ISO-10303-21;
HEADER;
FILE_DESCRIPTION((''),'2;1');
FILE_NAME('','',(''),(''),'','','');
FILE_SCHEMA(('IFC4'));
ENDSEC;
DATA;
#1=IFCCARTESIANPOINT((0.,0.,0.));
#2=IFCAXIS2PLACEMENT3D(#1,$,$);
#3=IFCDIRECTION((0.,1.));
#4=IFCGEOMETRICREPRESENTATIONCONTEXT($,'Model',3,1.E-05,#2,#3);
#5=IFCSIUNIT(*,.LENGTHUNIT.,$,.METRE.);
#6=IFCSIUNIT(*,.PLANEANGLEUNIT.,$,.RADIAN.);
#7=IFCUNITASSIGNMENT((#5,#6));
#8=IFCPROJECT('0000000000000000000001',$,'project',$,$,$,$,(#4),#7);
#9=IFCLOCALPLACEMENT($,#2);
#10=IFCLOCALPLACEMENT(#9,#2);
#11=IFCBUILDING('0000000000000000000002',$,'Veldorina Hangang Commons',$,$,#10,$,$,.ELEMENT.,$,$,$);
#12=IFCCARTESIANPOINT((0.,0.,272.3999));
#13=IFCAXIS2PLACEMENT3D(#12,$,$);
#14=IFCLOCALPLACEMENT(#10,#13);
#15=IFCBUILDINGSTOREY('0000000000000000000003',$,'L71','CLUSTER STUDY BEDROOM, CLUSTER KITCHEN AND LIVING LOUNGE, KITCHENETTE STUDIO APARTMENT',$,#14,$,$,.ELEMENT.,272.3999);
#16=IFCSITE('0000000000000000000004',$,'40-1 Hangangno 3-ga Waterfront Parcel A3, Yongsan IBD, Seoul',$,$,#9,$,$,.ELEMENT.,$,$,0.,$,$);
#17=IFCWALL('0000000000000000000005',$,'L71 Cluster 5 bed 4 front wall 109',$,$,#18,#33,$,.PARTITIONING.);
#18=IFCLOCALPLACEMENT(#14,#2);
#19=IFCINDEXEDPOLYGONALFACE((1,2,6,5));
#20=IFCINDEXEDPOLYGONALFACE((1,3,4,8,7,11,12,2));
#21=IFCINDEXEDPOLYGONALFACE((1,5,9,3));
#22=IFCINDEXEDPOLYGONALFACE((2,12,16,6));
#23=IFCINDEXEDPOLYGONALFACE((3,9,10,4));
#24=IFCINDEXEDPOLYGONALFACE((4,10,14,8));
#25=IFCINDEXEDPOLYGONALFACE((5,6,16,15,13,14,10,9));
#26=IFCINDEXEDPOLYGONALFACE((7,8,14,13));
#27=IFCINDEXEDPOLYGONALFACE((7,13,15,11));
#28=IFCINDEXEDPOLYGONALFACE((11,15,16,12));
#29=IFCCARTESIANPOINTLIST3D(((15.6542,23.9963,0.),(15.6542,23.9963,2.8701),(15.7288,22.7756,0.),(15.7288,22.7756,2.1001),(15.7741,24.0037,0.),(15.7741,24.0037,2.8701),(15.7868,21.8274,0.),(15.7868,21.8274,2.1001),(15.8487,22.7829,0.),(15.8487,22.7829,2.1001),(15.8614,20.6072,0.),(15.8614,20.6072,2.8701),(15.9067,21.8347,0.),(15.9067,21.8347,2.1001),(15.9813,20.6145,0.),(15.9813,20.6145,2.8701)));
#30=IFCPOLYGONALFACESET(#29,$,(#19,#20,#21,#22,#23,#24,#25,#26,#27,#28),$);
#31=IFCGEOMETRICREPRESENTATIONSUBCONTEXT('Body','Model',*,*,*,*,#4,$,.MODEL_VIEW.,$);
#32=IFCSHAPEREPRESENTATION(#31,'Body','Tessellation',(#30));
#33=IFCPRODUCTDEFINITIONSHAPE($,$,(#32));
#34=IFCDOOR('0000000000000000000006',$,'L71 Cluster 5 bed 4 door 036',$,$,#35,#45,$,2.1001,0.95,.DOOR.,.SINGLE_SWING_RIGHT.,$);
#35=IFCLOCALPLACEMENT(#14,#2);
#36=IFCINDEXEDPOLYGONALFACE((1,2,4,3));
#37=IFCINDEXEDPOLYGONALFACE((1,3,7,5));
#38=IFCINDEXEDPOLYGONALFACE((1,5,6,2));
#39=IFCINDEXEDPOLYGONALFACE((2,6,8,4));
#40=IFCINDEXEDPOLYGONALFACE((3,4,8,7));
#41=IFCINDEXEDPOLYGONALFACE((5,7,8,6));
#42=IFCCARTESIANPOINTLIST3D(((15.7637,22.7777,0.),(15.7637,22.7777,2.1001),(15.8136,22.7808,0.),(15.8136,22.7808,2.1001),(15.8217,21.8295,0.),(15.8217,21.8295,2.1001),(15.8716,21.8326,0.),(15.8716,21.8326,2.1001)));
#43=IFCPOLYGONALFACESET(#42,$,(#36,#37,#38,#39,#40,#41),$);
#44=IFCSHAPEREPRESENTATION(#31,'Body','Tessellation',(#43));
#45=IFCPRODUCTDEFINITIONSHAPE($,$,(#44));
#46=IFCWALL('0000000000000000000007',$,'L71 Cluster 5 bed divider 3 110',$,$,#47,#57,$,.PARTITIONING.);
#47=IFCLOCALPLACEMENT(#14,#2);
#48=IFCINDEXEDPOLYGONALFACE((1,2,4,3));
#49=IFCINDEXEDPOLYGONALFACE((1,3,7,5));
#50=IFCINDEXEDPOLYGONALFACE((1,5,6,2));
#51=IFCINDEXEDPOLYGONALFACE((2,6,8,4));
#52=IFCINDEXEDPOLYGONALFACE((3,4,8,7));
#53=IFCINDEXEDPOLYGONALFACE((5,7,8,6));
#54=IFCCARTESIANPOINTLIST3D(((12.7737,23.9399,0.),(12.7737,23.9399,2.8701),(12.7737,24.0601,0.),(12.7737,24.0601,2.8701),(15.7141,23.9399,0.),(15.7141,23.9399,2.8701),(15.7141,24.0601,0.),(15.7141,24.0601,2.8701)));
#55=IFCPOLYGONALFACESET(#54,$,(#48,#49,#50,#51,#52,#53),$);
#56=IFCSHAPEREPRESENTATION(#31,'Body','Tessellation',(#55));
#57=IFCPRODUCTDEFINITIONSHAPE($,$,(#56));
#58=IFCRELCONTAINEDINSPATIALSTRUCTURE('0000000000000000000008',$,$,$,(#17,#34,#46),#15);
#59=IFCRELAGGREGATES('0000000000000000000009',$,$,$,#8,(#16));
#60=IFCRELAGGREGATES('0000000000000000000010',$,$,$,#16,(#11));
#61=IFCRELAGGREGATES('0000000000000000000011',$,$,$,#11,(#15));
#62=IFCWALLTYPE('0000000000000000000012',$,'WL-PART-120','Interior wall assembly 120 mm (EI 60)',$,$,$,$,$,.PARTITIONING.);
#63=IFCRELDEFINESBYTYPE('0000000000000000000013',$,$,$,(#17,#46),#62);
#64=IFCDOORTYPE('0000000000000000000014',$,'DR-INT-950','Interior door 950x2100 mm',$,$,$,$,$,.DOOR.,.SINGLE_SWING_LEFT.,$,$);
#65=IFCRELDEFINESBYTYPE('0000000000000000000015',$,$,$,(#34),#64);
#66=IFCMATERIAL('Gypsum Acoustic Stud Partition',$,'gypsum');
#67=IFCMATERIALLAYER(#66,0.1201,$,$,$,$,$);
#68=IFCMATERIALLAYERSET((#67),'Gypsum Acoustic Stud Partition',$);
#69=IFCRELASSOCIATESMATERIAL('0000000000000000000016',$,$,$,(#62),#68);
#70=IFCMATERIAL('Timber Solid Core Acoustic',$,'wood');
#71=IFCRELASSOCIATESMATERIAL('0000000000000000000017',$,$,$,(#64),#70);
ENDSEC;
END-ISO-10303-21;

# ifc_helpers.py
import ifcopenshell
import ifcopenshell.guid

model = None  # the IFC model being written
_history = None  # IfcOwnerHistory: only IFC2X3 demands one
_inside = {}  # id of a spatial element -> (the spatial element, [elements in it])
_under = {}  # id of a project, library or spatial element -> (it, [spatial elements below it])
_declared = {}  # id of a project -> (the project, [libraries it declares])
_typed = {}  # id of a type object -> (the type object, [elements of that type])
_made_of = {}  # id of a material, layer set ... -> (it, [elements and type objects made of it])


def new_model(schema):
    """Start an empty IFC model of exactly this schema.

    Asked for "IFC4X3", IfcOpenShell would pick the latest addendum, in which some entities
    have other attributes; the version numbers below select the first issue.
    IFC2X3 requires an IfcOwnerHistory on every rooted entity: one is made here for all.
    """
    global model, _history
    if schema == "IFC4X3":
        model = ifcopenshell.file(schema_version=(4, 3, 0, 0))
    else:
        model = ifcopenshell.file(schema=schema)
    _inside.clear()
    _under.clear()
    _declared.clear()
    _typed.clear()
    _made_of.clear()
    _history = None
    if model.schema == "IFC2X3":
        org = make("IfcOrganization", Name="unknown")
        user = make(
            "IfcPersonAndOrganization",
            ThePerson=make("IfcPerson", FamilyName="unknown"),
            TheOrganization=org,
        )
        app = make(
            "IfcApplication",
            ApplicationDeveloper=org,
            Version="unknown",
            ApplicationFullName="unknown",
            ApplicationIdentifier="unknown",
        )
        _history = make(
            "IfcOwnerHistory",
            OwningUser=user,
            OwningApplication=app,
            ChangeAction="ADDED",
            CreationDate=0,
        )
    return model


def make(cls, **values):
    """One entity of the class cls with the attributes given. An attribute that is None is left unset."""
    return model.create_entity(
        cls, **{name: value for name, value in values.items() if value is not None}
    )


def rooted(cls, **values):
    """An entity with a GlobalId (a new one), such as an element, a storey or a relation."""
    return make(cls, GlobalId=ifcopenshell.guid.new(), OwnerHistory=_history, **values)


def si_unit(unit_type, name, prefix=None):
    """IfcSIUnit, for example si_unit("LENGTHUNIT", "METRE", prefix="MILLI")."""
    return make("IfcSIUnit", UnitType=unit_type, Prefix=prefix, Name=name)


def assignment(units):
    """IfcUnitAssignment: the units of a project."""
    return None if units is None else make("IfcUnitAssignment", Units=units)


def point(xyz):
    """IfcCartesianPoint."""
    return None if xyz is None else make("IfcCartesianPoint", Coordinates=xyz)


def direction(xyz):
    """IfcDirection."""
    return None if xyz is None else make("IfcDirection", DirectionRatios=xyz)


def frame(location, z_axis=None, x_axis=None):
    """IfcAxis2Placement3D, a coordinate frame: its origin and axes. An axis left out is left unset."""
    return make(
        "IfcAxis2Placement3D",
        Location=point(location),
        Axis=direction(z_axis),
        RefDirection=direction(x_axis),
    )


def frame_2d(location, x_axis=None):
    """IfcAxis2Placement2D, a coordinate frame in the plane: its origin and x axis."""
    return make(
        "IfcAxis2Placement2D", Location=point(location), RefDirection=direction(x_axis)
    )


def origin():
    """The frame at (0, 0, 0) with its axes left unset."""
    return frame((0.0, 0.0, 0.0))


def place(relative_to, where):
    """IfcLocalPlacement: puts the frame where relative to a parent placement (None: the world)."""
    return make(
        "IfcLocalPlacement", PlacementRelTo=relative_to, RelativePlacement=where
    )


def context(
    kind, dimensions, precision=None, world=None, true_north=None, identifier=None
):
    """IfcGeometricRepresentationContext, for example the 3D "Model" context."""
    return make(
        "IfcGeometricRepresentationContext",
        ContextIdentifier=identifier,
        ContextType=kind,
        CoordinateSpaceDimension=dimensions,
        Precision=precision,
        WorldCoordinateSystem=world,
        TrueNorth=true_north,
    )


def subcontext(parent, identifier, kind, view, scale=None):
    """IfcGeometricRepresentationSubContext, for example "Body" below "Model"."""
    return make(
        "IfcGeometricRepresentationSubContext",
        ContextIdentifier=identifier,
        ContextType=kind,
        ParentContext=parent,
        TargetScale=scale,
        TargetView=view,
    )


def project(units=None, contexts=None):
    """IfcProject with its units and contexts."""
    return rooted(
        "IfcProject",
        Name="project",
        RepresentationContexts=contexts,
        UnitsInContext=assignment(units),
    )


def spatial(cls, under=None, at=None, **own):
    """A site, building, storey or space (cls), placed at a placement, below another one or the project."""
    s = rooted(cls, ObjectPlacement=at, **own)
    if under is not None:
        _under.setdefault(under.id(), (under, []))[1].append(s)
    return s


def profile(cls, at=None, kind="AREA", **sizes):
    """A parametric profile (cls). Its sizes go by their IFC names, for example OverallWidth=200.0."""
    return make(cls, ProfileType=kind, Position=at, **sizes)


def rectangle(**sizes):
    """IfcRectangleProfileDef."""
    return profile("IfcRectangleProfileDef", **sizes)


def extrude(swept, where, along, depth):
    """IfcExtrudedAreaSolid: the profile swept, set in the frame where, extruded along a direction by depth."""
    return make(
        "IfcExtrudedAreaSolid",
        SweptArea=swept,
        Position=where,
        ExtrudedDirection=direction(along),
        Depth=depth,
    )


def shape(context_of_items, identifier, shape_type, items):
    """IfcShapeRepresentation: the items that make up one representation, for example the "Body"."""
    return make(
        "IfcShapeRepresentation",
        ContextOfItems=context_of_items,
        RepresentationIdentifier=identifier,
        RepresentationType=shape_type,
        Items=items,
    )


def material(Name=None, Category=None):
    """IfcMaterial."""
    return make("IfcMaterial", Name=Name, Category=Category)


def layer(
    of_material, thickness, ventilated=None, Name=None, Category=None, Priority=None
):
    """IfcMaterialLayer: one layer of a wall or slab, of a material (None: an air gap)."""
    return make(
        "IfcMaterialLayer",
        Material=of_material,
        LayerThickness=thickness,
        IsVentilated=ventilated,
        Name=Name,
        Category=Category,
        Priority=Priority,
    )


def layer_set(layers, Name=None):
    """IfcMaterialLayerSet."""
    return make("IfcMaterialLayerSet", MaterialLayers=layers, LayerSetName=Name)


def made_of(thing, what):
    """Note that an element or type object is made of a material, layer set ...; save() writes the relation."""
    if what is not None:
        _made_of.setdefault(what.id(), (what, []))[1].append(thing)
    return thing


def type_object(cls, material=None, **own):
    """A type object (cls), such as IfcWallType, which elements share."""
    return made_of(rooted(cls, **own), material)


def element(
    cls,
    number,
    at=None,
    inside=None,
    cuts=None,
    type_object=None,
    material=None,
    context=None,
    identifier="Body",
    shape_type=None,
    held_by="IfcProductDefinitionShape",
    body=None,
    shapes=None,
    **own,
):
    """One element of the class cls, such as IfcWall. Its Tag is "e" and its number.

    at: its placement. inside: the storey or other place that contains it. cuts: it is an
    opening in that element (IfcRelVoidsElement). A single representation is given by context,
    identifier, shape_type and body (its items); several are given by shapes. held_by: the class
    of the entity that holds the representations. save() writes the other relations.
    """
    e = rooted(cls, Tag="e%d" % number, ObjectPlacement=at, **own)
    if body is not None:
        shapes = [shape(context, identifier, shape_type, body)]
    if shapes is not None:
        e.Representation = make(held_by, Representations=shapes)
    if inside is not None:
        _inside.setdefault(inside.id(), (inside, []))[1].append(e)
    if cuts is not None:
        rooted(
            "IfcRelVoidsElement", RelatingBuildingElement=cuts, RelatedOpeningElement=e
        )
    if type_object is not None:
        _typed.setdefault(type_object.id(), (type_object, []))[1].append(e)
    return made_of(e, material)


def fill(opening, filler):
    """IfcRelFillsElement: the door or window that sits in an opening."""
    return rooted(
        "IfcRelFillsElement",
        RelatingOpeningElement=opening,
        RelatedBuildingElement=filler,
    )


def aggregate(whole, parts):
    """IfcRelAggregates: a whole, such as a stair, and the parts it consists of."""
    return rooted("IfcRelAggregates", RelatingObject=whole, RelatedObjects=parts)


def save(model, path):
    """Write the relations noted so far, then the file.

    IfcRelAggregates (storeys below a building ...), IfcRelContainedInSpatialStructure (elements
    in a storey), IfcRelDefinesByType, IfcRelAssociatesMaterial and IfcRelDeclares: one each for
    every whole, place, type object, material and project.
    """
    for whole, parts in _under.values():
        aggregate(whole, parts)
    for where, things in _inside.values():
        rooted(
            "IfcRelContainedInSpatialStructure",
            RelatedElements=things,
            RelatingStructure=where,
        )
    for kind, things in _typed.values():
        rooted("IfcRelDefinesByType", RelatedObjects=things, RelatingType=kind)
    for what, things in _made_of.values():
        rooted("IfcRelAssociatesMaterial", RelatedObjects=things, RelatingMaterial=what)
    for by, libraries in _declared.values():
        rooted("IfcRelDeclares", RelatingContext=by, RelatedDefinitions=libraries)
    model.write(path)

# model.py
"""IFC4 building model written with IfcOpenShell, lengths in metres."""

from ifc_helpers import new_model, si_unit, direction, frame, frame_2d, origin, place, context, subcontext, project, spatial, rectangle, extrude, material, layer, layer_set, type_object, element, fill, save


model = new_model("IFC4")

# Units and contexts
model_context = context("Model", 3, precision=1e-05, world=origin(), true_north=direction((0.0, 1.0)))
body_context = subcontext(model_context, "Body", "Model", "MODEL_VIEW")
ifc_project = project(units=[si_unit("LENGTHUNIT", "METRE"), si_unit("PLANEANGLEUNIT", "RADIAN")], contexts=[model_context])

# Site, building, storey
site_placement = place(None, origin())
site = spatial("IfcSite", under=ifc_project, at=site_placement, Name="40-1 Hangangno 3-ga Waterfront Parcel A3, Yongsan IBD, Seoul", CompositionType="ELEMENT", RefElevation=0.0)
building_placement = place(site_placement, origin())
building = spatial("IfcBuilding", under=site, at=building_placement, Name="Veldorina Hangang Commons", CompositionType="ELEMENT")
storey_placement = place(building_placement, frame((0.0, 0.0, 272.3999)))
storey = spatial("IfcBuildingStorey", under=building, at=storey_placement, Name="L71", Description="CLUSTER STUDY BEDROOM, CLUSTER KITCHEN AND LIVING LOUNGE, KITCHENETTE STUDIO APARTMENT", CompositionType="ELEMENT", Elevation=272.3999)

# Shared definitions
ifc_material_1 = material(Name="Gypsum Acoustic Stud Partition", Category="gypsum")
ifc_layer_1 = layer(ifc_material_1, 0.1201)
ifc_layer_set_1 = layer_set([ifc_layer_1], Name="Gypsum Acoustic Stud Partition")
wall_type_1 = type_object("IfcWallType", Name="WL-PART-120", Description="Interior wall assembly 120 mm (EI 60)", PredefinedType="PARTITIONING", material=ifc_layer_set_1)
ifc_material_2 = material(Name="Timber Solid Core Acoustic", Category="wood")
door_type = type_object("IfcDoorType", Name="DR-INT-950", Description="Interior door 950x2100 mm", OperationType="SINGLE_SWING_LEFT", PredefinedType="DOOR", material=ifc_material_2)

# Wall, opening, door
wall_1_placement = place(storey_placement, frame((15.7141, 24.0, 0.0), z_axis=(0.0, 0.0, 1.0), x_axis=(0.061044, -0.998135, 0.0)))
wall_1 = element("IfcWall", 1, at=wall_1_placement, inside=storey, type_object=wall_type_1, Name="L71 Cluster 5 bed 4 front wall 109", PredefinedType="PARTITIONING", context=body_context, shape_type="SweptSolid", body=[
    extrude(rectangle(XDim=3.3955, YDim=0.1201, at=frame_2d((1.6978, 0.0))), origin(), (0.0, 0.0, 1.0), 2.8701),
])
opening_1_placement = place(wall_1_placement, frame((1.2229, 0.0, 0.0)))
opening_1 = element("IfcOpeningElement", 2, at=opening_1_placement, cuts=wall_1, PredefinedType="OPENING", context=body_context, shape_type="SweptSolid", body=[
    extrude(rectangle(XDim=0.95, YDim=2.1001, at=frame_2d((0.4751, 1.05))), frame((0.0, 0.0701, 0.0), z_axis=(0.0, -1.0, 0.0), x_axis=(1.0, 0.0, 0.0)), (0.0, 0.0, 1.0), 0.1401),
])
door_1_placement = place(opening_1_placement, origin())
door_1 = element("IfcDoor", 3, at=door_1_placement, inside=storey, type_object=door_type, Name="L71 Cluster 5 bed 4 door 036", OperationType="SINGLE_SWING_RIGHT", OverallHeight=2.1001, OverallWidth=0.95, PredefinedType="DOOR", context=body_context, shape_type="SweptSolid", body=[
    extrude(rectangle(XDim=0.95, YDim=2.1001, at=frame_2d((0.4751, 1.05))), frame((0.0, 0.0249, 0.0), z_axis=(0.0, -1.0, 0.0), x_axis=(1.0, 0.0, 0.0)), (0.0, 0.0, 1.0), 0.05),
])
fill(opening_1, door_1)

# Wall
wall_2_placement = place(storey_placement, frame((15.7141, 24.0, 0.0), z_axis=(0.0, 0.0, 1.0), x_axis=(-1.0, 0.0, 0.0)))
element("IfcWall", 4, at=wall_2_placement, inside=storey, type_object=wall_type_1, Name="L71 Cluster 5 bed divider 3 110", PredefinedType="PARTITIONING", context=body_context, shape_type="SweptSolid", body=[
    extrude(rectangle(XDim=2.9404, YDim=0.1201, at=frame_2d((1.4702, 0.0))), origin(), (0.0, 0.0, 1.0), 2.8701),
])

save(model, "model.ifc")
